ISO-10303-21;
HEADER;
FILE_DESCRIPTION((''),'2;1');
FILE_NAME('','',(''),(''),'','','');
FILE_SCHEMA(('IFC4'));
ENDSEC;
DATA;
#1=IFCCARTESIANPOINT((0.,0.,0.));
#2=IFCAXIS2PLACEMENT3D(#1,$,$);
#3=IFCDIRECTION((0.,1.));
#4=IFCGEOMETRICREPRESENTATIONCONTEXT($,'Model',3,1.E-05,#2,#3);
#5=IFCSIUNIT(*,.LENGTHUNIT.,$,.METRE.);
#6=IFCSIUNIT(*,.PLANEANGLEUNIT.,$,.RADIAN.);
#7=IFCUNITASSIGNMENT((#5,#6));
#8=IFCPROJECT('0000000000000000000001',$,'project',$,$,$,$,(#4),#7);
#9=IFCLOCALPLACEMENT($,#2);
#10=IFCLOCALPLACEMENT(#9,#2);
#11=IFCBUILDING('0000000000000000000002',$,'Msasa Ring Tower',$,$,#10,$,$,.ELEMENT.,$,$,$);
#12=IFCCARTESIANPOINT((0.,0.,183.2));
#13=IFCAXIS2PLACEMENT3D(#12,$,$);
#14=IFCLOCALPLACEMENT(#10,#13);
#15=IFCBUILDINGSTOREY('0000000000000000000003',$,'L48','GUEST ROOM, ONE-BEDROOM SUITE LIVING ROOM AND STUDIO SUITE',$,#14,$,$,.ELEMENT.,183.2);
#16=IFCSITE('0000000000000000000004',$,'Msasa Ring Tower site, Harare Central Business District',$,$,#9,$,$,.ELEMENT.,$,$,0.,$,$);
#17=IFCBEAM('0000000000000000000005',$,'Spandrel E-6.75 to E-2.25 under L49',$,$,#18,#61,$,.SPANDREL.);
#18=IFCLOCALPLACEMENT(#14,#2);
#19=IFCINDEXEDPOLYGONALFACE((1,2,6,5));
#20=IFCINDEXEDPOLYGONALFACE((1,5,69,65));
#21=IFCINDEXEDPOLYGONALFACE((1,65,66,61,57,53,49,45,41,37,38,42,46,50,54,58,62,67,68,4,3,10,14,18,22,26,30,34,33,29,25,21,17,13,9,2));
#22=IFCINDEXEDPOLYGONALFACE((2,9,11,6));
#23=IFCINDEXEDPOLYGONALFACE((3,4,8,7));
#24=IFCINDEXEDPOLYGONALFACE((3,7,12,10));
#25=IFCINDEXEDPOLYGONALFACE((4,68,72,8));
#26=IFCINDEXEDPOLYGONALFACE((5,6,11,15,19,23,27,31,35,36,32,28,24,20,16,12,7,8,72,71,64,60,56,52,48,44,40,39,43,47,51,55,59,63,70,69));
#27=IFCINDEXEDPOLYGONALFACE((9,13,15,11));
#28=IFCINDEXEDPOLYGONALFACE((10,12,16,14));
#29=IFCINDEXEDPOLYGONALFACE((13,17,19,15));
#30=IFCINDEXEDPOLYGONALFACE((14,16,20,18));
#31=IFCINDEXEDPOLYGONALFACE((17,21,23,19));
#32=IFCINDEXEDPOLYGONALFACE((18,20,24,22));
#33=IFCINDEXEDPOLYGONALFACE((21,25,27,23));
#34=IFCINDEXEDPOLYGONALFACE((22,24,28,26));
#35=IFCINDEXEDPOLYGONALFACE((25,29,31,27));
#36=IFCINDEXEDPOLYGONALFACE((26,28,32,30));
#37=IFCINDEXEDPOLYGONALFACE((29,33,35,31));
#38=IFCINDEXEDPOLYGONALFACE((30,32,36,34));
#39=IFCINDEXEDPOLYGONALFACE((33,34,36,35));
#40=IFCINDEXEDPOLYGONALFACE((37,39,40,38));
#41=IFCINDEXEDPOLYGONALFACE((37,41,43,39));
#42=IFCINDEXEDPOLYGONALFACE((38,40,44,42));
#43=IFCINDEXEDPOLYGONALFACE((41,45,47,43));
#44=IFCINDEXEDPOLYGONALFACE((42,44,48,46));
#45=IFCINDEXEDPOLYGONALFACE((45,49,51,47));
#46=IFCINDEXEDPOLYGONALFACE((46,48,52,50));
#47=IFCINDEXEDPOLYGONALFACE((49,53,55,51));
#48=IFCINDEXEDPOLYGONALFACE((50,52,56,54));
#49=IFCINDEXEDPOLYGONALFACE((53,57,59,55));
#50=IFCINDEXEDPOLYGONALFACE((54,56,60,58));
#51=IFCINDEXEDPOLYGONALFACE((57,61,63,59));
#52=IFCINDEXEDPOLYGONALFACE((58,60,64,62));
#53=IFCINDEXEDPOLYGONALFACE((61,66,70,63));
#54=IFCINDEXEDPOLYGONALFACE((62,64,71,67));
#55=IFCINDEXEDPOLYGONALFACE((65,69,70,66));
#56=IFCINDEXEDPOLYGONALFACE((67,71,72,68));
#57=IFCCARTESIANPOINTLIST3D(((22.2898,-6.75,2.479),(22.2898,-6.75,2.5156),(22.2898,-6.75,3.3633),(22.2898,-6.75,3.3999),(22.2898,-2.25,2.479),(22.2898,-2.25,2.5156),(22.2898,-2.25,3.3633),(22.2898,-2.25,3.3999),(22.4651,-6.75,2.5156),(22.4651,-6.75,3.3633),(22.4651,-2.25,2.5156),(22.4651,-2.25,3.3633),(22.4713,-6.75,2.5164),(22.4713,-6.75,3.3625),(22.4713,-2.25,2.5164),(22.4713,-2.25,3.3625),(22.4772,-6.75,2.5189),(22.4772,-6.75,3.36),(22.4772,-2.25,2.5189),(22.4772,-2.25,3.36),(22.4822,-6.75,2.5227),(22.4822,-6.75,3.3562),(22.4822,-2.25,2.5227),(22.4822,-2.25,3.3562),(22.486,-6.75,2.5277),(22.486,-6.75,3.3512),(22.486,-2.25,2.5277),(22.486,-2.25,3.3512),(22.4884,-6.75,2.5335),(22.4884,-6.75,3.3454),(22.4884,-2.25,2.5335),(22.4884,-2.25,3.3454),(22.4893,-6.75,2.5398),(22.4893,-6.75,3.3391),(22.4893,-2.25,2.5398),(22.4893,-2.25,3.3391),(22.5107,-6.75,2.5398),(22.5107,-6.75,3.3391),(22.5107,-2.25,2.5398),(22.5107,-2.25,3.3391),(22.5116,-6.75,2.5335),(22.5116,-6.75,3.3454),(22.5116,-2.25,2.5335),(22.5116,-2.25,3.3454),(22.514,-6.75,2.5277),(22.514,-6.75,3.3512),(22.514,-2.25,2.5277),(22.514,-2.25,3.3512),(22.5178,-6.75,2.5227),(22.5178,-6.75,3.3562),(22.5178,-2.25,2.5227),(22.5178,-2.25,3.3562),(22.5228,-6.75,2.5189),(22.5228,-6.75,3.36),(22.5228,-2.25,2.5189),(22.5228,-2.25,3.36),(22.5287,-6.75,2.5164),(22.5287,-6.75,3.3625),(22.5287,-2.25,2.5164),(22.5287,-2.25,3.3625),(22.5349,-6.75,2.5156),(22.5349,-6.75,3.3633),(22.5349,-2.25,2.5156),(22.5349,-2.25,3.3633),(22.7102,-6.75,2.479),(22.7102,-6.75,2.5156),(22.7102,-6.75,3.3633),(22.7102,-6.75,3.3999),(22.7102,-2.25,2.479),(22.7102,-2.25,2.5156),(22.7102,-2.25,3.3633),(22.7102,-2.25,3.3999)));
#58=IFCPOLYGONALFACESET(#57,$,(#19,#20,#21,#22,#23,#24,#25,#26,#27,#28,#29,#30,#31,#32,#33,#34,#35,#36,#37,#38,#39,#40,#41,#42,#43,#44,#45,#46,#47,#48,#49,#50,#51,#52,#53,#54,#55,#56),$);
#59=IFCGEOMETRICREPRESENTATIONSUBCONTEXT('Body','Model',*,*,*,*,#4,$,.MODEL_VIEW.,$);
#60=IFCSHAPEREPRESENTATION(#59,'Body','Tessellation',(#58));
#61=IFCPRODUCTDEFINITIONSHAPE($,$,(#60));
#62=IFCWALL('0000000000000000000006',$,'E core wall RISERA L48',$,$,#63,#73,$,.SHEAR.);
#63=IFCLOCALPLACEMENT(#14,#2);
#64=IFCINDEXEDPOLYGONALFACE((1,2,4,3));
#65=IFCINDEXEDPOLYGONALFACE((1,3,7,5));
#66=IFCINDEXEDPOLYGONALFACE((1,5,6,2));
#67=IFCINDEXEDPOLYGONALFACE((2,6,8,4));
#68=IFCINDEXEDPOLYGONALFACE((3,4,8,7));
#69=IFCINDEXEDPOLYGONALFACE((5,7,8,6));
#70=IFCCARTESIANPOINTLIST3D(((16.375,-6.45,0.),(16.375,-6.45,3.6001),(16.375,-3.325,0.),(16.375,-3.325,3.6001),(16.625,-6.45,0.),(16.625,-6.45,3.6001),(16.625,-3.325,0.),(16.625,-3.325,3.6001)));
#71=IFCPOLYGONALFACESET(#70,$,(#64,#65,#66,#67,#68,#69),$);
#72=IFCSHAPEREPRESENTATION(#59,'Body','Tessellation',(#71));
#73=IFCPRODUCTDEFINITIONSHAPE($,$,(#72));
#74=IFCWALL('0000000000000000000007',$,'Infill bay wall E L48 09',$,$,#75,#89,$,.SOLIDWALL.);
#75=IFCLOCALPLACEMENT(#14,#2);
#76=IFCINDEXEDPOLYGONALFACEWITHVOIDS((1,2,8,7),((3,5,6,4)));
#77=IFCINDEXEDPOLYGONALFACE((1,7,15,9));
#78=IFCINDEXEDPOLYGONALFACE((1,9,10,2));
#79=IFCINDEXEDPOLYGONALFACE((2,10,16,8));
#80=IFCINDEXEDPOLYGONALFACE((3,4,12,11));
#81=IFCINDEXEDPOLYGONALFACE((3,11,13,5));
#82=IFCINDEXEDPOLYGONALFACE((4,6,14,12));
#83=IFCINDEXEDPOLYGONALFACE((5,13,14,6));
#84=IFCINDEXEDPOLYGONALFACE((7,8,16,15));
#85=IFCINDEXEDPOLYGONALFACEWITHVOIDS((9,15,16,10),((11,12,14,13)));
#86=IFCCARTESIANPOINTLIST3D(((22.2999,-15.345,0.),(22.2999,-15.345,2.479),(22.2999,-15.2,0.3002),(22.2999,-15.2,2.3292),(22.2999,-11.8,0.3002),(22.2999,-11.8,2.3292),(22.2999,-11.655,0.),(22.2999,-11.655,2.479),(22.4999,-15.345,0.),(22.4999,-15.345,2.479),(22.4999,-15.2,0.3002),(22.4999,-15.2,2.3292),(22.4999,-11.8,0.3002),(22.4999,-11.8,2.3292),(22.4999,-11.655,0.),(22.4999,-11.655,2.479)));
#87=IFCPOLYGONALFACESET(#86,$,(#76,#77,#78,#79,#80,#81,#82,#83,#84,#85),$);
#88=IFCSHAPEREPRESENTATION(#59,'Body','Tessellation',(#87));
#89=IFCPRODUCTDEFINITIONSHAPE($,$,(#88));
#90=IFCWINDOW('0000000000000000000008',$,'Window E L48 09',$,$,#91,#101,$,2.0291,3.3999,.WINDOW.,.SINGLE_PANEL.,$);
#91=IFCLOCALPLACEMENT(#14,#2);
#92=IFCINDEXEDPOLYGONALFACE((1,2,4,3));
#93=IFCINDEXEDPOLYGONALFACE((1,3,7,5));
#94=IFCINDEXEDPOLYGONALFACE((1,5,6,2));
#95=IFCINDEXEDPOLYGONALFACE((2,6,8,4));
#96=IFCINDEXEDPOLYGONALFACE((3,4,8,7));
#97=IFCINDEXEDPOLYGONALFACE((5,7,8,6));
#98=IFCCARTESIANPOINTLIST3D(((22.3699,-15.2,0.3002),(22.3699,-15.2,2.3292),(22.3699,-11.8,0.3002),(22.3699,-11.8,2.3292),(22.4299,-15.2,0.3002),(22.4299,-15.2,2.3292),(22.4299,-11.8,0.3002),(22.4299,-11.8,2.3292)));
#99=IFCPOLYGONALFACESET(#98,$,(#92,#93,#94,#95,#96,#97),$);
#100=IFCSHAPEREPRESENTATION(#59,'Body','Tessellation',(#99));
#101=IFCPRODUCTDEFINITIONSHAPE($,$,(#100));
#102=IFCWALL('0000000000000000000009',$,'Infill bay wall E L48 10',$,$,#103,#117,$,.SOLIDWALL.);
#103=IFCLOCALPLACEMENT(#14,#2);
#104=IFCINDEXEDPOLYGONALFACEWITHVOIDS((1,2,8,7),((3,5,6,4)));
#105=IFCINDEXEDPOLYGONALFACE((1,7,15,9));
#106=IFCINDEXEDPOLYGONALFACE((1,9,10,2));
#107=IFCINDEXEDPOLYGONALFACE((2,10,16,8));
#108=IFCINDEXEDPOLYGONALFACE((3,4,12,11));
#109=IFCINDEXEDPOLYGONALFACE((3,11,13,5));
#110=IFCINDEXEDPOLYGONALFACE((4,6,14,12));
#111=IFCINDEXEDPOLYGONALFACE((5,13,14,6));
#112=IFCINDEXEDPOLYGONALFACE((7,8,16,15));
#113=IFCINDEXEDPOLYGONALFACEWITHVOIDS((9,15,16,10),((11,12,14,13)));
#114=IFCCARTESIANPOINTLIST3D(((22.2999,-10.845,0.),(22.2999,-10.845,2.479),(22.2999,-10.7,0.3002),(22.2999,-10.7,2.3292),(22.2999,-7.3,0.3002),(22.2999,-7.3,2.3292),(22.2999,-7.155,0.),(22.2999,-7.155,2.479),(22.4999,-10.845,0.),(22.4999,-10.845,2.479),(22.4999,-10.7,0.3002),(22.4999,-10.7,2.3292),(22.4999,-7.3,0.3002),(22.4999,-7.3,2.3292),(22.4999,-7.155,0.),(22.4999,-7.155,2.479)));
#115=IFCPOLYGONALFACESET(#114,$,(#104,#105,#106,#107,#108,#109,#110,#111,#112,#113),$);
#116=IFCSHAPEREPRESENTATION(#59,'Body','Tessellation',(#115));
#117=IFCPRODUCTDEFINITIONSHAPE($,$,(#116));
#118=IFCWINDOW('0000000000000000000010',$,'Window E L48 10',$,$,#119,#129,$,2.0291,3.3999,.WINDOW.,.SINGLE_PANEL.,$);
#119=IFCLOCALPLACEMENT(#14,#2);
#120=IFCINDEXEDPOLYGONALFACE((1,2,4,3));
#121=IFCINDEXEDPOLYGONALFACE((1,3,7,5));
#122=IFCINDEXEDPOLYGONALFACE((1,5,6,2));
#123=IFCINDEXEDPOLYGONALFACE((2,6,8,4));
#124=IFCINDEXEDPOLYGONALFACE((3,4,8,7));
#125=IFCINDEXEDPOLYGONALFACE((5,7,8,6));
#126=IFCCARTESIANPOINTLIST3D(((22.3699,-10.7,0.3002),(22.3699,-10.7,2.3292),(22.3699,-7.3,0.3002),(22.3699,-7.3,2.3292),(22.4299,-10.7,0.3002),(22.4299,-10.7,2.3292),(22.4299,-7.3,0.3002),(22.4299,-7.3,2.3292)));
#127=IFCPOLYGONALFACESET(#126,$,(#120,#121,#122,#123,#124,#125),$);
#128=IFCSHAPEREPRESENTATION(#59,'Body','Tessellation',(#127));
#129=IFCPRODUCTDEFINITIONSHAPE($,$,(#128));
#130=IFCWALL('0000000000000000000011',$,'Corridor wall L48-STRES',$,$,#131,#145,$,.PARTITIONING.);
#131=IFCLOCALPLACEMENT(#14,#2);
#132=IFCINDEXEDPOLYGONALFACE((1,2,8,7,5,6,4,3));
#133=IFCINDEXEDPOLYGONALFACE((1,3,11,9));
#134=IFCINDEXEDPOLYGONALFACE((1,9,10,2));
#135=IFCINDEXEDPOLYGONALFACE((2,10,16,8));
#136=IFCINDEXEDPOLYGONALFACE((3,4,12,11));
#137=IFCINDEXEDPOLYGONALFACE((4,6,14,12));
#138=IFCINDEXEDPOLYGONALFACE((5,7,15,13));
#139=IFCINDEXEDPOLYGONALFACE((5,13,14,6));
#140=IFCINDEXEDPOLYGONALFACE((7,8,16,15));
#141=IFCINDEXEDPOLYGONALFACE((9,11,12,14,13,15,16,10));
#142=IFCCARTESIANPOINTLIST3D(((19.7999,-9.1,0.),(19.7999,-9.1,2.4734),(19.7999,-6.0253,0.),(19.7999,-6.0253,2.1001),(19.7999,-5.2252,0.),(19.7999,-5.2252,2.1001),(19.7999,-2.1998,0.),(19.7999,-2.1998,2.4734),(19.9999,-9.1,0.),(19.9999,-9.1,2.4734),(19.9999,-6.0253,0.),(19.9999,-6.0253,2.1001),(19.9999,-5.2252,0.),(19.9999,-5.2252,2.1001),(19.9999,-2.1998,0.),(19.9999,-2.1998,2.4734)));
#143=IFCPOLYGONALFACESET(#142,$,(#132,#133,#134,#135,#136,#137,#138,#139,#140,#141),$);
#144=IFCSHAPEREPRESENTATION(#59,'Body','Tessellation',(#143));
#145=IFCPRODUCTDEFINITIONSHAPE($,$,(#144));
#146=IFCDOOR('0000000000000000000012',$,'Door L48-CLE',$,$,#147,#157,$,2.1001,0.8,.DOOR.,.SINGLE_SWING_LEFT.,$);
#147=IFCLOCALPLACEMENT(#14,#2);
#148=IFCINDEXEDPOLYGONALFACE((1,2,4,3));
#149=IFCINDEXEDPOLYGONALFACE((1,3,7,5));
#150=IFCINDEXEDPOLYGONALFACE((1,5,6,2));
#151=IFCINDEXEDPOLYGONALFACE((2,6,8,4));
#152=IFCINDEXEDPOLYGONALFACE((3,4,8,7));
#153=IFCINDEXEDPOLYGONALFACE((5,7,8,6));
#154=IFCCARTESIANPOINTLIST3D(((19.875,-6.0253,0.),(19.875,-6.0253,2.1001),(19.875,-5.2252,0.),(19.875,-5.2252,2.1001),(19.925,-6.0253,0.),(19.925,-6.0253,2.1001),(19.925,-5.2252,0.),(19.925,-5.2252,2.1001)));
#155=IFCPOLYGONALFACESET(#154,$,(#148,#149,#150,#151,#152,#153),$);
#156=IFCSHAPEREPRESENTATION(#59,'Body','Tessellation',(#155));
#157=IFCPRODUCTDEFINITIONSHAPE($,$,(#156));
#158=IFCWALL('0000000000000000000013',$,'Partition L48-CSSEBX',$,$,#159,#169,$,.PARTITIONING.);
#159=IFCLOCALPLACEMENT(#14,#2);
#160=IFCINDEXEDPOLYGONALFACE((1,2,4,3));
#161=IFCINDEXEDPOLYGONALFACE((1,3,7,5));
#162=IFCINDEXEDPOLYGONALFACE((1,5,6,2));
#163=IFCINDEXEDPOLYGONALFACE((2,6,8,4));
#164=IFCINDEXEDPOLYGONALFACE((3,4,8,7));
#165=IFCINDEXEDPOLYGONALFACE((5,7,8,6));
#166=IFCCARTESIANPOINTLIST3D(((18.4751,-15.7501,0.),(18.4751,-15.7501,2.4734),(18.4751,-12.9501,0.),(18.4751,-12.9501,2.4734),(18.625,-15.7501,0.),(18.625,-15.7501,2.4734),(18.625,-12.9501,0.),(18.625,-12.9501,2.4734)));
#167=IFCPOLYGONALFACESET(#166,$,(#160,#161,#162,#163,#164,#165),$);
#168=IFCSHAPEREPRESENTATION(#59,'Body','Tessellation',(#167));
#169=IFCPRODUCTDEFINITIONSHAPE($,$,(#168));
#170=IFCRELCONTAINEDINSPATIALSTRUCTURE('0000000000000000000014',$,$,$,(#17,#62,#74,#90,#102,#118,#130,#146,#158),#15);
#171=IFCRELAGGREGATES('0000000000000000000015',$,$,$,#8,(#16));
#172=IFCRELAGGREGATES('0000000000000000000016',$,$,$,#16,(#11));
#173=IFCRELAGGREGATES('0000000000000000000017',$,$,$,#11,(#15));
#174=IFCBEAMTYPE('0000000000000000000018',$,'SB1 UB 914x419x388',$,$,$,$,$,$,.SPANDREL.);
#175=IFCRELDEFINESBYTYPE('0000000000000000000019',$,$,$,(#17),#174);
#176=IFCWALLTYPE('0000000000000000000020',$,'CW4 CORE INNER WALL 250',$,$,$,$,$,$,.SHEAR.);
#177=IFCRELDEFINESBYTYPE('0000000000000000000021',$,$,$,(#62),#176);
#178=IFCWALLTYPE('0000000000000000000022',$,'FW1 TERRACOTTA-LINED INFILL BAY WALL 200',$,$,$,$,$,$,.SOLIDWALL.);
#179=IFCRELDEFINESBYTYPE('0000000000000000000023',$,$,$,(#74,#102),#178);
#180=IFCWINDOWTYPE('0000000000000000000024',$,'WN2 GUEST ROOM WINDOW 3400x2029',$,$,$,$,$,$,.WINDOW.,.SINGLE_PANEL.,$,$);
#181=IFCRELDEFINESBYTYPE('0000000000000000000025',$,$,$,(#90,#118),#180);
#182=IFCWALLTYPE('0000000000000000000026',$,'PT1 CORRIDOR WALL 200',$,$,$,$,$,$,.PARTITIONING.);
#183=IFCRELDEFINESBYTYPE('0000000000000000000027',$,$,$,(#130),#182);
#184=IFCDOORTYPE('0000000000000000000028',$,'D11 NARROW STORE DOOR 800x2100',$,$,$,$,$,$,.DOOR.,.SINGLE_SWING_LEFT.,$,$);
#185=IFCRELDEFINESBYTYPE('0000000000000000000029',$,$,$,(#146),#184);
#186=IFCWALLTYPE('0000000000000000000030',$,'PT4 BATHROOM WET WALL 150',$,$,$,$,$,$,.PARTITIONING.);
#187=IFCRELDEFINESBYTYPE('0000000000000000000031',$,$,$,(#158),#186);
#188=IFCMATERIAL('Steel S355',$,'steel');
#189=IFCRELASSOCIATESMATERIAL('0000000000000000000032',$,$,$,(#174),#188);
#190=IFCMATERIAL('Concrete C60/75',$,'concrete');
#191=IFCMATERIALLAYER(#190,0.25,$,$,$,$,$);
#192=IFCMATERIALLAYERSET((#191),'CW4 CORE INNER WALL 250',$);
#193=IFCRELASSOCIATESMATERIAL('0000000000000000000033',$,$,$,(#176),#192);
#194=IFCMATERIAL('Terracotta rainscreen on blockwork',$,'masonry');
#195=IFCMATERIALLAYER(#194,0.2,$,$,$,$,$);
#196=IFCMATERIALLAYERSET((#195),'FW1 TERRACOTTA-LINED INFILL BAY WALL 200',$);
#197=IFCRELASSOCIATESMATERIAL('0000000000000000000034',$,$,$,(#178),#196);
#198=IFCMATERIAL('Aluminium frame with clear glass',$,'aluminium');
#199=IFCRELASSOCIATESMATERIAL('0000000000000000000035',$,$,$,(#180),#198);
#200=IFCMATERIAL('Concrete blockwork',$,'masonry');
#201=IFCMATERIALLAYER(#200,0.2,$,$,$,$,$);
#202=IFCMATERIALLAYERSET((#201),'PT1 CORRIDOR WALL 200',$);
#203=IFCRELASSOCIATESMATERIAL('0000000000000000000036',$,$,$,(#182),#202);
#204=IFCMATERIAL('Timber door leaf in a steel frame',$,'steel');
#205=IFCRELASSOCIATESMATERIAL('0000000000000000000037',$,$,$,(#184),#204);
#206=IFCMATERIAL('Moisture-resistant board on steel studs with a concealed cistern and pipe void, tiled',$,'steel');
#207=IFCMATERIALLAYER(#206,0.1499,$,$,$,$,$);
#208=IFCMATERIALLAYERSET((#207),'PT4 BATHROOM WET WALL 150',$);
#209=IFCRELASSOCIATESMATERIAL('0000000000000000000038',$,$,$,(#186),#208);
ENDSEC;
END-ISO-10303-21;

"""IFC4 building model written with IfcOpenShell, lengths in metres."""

from ifc_helpers import new_model, si_unit, direction, frame, frame_2d, origin, origin_2d, place, context, subcontext, project, spatial, rectangle, i_section, extrude, material, layer, layer_set, material_profile, profile_set, type_object, element, fill, save


model = new_model("IFC4")

# Units and contexts
model_context = context("Model", 3, precision=1e-05, world=origin(), true_north=direction((0.0, 1.0)))
body_context = subcontext(model_context, "Body", "Model", "MODEL_VIEW")
ifc_project = project(units=[si_unit("LENGTHUNIT", "METRE"), si_unit("PLANEANGLEUNIT", "RADIAN")], contexts=[model_context])

# Site, building, storey
site_placement = place(None, origin())
site = spatial("IfcSite", under=ifc_project, at=site_placement, Name="Msasa Ring Tower site, Harare Central Business District", CompositionType="ELEMENT", RefElevation=0.0)
building_placement = place(site_placement, origin())
building = spatial("IfcBuilding", under=site, at=building_placement, Name="Msasa Ring Tower", CompositionType="ELEMENT")
storey_placement = place(building_placement, frame((0.0, 0.0, 183.2)))
storey = spatial("IfcBuildingStorey", under=building, at=storey_placement, Name="L48", Description="GUEST ROOM, ONE-BEDROOM SUITE LIVING ROOM AND STUDIO SUITE", CompositionType="ELEMENT", Elevation=183.2)

# Beam
ifc_material_1 = material(Name="Steel S355", Category="steel")
ifc_material_profile_1 = material_profile(ifc_material_1, i_section(OverallWidth=0.4204, OverallDepth=0.9209, WebThickness=0.0215, FlangeThickness=0.0366, FilletRadius=0.0242, at=origin_2d()), Name="UB 914x419x388")
ifc_profile_set_1 = profile_set([ifc_material_profile_1], Name="Steel S355")
beam_type_1 = type_object("IfcBeamType", Name="SB1 UB 914x419x388", PredefinedType="SPANDREL", material=ifc_profile_set_1)
for number, where, z_axis, x_axis, name in (
    (1, (22.5, -6.75, 2.9395), (0.0, 1.0, 0.0), (-1.0, 0.0, 0.0), "Spandrel E-6.75 to E-2.25 under L49"),
):
    element("IfcBeam", number, at=place(storey_placement, frame(where, z_axis=z_axis, x_axis=x_axis)), inside=storey, type_object=beam_type_1, Name=name, PredefinedType="SPANDREL", context=body_context, shape_type="SweptSolid", body=[
        extrude(i_section(OverallWidth=0.4204, OverallDepth=0.9209, WebThickness=0.0215, FlangeThickness=0.0366, FilletRadius=0.0242, at=origin_2d()), origin(), (0.0, 0.0, 1.0), 4.5),
    ])

# Wall
ifc_material_2 = material(Name="Concrete C60/75", Category="concrete")
ifc_layer_1 = layer(ifc_material_2, 0.25)
ifc_layer_set_1 = layer_set([ifc_layer_1], Name="CW4 CORE INNER WALL 250")
wall_type_1 = type_object("IfcWallType", Name="CW4 CORE INNER WALL 250", PredefinedType="SHEAR", material=ifc_layer_set_1)
wall_1_placement = place(storey_placement, frame((16.5, -6.45, 0.0), z_axis=(0.0, 0.0, 1.0), x_axis=(0.0, 1.0, 0.0)))
element("IfcWall", 2, at=wall_1_placement, inside=storey, type_object=wall_type_1, Name="E core wall RISERA L48", PredefinedType="SHEAR", context=body_context, shape_type="SweptSolid", body=[
    extrude(rectangle(XDim=3.125, YDim=0.25, at=frame_2d((1.5625, 0.0))), origin(), (0.0, 0.0, 1.0), 3.6001),
])

# Walls, openings, windows
ifc_material_3 = material(Name="Terracotta rainscreen on blockwork", Category="masonry")
ifc_layer_2 = layer(ifc_material_3, 0.2)
ifc_layer_set_2 = layer_set([ifc_layer_2], Name="FW1 TERRACOTTA-LINED INFILL BAY WALL 200")
wall_type_2 = type_object("IfcWallType", Name="FW1 TERRACOTTA-LINED INFILL BAY WALL 200", PredefinedType="SOLIDWALL", material=ifc_layer_set_2)
wall_2_placement = place(storey_placement, frame((22.3999, -15.345, 0.0), z_axis=(0.0, 0.0, 1.0), x_axis=(0.0, 1.0, 0.0)))
wall_2 = element("IfcWall", 3, at=wall_2_placement, inside=storey, type_object=wall_type_2, Name="Infill bay wall E L48 09", PredefinedType="SOLIDWALL", context=body_context, shape_type="SweptSolid", body=[
    extrude(rectangle(XDim=3.6899, YDim=0.2, at=frame_2d((1.845, 0.0))), origin(), (0.0, 0.0, 1.0), 2.479),
])
opening_1_placement = place(wall_2_placement, frame((0.145, 0.0, 0.3)))
opening_1 = element("IfcOpeningElement", 4, at=opening_1_placement, cuts=wall_2, PredefinedType="OPENING", context=body_context, shape_type="SweptSolid", body=[
    extrude(rectangle(XDim=3.3999, YDim=2.0291, at=frame_2d((1.7, 1.0146))), frame((0.0, 0.1099, 0.0), z_axis=(0.0, -1.0, 0.0), x_axis=(1.0, 0.0, 0.0)), (0.0, 0.0, 1.0), 0.22),
])
ifc_material_4 = material(Name="Aluminium frame with clear glass", Category="aluminium")
window_type = type_object("IfcWindowType", Name="WN2 GUEST ROOM WINDOW 3400x2029", PartitioningType="SINGLE_PANEL", PredefinedType="WINDOW", material=ifc_material_4)
window_1_placement = place(opening_1_placement, origin())
window_1 = element("IfcWindow", 5, at=window_1_placement, inside=storey, type_object=window_type, Name="Window E L48 09", OverallHeight=2.0291, OverallWidth=3.3999, PartitioningType="SINGLE_PANEL", PredefinedType="WINDOW", context=body_context, shape_type="SweptSolid", body=[
    extrude(rectangle(XDim=3.3999, YDim=2.0291, at=frame_2d((1.7, 1.0146))), frame((0.0, 0.03, 0.0), z_axis=(0.0, -1.0, 0.0), x_axis=(1.0, 0.0, 0.0)), (0.0, 0.0, 1.0), 0.0601),
])
fill(opening_1, window_1)
wall_3_placement = place(storey_placement, frame((22.3999, -10.845, 0.0), z_axis=(0.0, 0.0, 1.0), x_axis=(0.0, 1.0, 0.0)))
wall_3 = element("IfcWall", 6, at=wall_3_placement, inside=storey, type_object=wall_type_2, Name="Infill bay wall E L48 10", PredefinedType="SOLIDWALL", context=body_context, shape_type="SweptSolid", body=[
    extrude(rectangle(XDim=3.6899, YDim=0.2, at=frame_2d((1.845, 0.0))), origin(), (0.0, 0.0, 1.0), 2.479),
])
opening_2_placement = place(wall_3_placement, frame((0.145, 0.0, 0.3)))
opening_2 = element("IfcOpeningElement", 7, at=opening_2_placement, cuts=wall_3, PredefinedType="OPENING", context=body_context, shape_type="SweptSolid", body=[
    extrude(rectangle(XDim=3.3999, YDim=2.0291, at=frame_2d((1.7, 1.0146))), frame((0.0, 0.1099, 0.0), z_axis=(0.0, -1.0, 0.0), x_axis=(1.0, 0.0, 0.0)), (0.0, 0.0, 1.0), 0.22),
])
window_2_placement = place(opening_2_placement, origin())
window_2 = element("IfcWindow", 8, at=window_2_placement, inside=storey, type_object=window_type, Name="Window E L48 10", OverallHeight=2.0291, OverallWidth=3.3999, PartitioningType="SINGLE_PANEL", PredefinedType="WINDOW", context=body_context, shape_type="SweptSolid", body=[
    extrude(rectangle(XDim=3.3999, YDim=2.0291, at=frame_2d((1.7, 1.0146))), frame((0.0, 0.03, 0.0), z_axis=(0.0, -1.0, 0.0), x_axis=(1.0, 0.0, 0.0)), (0.0, 0.0, 1.0), 0.0601),
])
fill(opening_2, window_2)

# Wall, opening, door
ifc_material_5 = material(Name="Concrete blockwork", Category="masonry")
ifc_layer_3 = layer(ifc_material_5, 0.2)
ifc_layer_set_3 = layer_set([ifc_layer_3], Name="PT1 CORRIDOR WALL 200")
wall_type_3 = type_object("IfcWallType", Name="PT1 CORRIDOR WALL 200", PredefinedType="PARTITIONING", material=ifc_layer_set_3)
wall_4_placement = place(storey_placement, frame((19.8999, -9.1001, 0.0), z_axis=(0.0, 0.0, 1.0), x_axis=(0.0, 1.0, 0.0)))
wall_4 = element("IfcWall", 9, at=wall_4_placement, inside=storey, type_object=wall_type_3, Name="Corridor wall L48-STRES", PredefinedType="PARTITIONING", context=body_context, shape_type="SweptSolid", body=[
    extrude(rectangle(XDim=6.9001, YDim=0.2, at=frame_2d((3.4502, 0.0))), origin(), (0.0, 0.0, 1.0), 2.4734),
])
opening_3_placement = place(wall_4_placement, frame((3.075, 0.0, 0.0)))
opening_3 = element("IfcOpeningElement", 10, at=opening_3_placement, cuts=wall_4, PredefinedType="OPENING", context=body_context, shape_type="SweptSolid", body=[
    extrude(rectangle(XDim=0.8, YDim=2.1001, at=frame_2d((0.3999, 1.05))), frame((0.0, 0.1099, 0.0), z_axis=(0.0, -1.0, 0.0), x_axis=(1.0, 0.0, 0.0)), (0.0, 0.0, 1.0), 0.22),
])
ifc_material_6 = material(Name="Timber door leaf in a steel frame", Category="steel")
door_type = type_object("IfcDoorType", Name="D11 NARROW STORE DOOR 800x2100", OperationType="SINGLE_SWING_LEFT", PredefinedType="DOOR", material=ifc_material_6)
door_placement = place(opening_3_placement, origin())
door = element("IfcDoor", 11, at=door_placement, inside=storey, type_object=door_type, Name="Door L48-CLE", OperationType="SINGLE_SWING_LEFT", OverallHeight=2.1001, OverallWidth=0.8, PredefinedType="DOOR", context=body_context, shape_type="SweptSolid", body=[
    extrude(rectangle(XDim=0.8, YDim=2.1001, at=frame_2d((0.3999, 1.05))), frame((0.0, 0.0249, 0.0), z_axis=(0.0, -1.0, 0.0), x_axis=(1.0, 0.0, 0.0)), (0.0, 0.0, 1.0), 0.05),
])
fill(opening_3, door)

# Wall
ifc_material_7 = material(Name="Moisture-resistant board on steel studs with a concealed cistern and pipe void, tiled", Category="steel")
ifc_layer_4 = layer(ifc_material_7, 0.1499)
ifc_layer_set_4 = layer_set([ifc_layer_4], Name="PT4 BATHROOM WET WALL 150")
wall_type_4 = type_object("IfcWallType", Name="PT4 BATHROOM WET WALL 150", PredefinedType="PARTITIONING", material=ifc_layer_set_4)
for number, where, z_axis, x_axis, name in (
    (12, (18.55, -15.75, 0.0), (0.0, 0.0, 1.0), (0.0, 1.0, 0.0), "Partition L48-CSSEBX"),
):
    element("IfcWall", number, at=place(storey_placement, frame(where, z_axis=z_axis, x_axis=x_axis)), inside=storey, type_object=wall_type_4, Name=name, PredefinedType="PARTITIONING", context=body_context, shape_type="SweptSolid", body=[
        extrude(rectangle(XDim=2.8, YDim=0.1499, at=frame_2d((1.3999, 0.0))), origin(), (0.0, 0.0, 1.0), 2.4734),
    ])

save(model, "model.ifc")
